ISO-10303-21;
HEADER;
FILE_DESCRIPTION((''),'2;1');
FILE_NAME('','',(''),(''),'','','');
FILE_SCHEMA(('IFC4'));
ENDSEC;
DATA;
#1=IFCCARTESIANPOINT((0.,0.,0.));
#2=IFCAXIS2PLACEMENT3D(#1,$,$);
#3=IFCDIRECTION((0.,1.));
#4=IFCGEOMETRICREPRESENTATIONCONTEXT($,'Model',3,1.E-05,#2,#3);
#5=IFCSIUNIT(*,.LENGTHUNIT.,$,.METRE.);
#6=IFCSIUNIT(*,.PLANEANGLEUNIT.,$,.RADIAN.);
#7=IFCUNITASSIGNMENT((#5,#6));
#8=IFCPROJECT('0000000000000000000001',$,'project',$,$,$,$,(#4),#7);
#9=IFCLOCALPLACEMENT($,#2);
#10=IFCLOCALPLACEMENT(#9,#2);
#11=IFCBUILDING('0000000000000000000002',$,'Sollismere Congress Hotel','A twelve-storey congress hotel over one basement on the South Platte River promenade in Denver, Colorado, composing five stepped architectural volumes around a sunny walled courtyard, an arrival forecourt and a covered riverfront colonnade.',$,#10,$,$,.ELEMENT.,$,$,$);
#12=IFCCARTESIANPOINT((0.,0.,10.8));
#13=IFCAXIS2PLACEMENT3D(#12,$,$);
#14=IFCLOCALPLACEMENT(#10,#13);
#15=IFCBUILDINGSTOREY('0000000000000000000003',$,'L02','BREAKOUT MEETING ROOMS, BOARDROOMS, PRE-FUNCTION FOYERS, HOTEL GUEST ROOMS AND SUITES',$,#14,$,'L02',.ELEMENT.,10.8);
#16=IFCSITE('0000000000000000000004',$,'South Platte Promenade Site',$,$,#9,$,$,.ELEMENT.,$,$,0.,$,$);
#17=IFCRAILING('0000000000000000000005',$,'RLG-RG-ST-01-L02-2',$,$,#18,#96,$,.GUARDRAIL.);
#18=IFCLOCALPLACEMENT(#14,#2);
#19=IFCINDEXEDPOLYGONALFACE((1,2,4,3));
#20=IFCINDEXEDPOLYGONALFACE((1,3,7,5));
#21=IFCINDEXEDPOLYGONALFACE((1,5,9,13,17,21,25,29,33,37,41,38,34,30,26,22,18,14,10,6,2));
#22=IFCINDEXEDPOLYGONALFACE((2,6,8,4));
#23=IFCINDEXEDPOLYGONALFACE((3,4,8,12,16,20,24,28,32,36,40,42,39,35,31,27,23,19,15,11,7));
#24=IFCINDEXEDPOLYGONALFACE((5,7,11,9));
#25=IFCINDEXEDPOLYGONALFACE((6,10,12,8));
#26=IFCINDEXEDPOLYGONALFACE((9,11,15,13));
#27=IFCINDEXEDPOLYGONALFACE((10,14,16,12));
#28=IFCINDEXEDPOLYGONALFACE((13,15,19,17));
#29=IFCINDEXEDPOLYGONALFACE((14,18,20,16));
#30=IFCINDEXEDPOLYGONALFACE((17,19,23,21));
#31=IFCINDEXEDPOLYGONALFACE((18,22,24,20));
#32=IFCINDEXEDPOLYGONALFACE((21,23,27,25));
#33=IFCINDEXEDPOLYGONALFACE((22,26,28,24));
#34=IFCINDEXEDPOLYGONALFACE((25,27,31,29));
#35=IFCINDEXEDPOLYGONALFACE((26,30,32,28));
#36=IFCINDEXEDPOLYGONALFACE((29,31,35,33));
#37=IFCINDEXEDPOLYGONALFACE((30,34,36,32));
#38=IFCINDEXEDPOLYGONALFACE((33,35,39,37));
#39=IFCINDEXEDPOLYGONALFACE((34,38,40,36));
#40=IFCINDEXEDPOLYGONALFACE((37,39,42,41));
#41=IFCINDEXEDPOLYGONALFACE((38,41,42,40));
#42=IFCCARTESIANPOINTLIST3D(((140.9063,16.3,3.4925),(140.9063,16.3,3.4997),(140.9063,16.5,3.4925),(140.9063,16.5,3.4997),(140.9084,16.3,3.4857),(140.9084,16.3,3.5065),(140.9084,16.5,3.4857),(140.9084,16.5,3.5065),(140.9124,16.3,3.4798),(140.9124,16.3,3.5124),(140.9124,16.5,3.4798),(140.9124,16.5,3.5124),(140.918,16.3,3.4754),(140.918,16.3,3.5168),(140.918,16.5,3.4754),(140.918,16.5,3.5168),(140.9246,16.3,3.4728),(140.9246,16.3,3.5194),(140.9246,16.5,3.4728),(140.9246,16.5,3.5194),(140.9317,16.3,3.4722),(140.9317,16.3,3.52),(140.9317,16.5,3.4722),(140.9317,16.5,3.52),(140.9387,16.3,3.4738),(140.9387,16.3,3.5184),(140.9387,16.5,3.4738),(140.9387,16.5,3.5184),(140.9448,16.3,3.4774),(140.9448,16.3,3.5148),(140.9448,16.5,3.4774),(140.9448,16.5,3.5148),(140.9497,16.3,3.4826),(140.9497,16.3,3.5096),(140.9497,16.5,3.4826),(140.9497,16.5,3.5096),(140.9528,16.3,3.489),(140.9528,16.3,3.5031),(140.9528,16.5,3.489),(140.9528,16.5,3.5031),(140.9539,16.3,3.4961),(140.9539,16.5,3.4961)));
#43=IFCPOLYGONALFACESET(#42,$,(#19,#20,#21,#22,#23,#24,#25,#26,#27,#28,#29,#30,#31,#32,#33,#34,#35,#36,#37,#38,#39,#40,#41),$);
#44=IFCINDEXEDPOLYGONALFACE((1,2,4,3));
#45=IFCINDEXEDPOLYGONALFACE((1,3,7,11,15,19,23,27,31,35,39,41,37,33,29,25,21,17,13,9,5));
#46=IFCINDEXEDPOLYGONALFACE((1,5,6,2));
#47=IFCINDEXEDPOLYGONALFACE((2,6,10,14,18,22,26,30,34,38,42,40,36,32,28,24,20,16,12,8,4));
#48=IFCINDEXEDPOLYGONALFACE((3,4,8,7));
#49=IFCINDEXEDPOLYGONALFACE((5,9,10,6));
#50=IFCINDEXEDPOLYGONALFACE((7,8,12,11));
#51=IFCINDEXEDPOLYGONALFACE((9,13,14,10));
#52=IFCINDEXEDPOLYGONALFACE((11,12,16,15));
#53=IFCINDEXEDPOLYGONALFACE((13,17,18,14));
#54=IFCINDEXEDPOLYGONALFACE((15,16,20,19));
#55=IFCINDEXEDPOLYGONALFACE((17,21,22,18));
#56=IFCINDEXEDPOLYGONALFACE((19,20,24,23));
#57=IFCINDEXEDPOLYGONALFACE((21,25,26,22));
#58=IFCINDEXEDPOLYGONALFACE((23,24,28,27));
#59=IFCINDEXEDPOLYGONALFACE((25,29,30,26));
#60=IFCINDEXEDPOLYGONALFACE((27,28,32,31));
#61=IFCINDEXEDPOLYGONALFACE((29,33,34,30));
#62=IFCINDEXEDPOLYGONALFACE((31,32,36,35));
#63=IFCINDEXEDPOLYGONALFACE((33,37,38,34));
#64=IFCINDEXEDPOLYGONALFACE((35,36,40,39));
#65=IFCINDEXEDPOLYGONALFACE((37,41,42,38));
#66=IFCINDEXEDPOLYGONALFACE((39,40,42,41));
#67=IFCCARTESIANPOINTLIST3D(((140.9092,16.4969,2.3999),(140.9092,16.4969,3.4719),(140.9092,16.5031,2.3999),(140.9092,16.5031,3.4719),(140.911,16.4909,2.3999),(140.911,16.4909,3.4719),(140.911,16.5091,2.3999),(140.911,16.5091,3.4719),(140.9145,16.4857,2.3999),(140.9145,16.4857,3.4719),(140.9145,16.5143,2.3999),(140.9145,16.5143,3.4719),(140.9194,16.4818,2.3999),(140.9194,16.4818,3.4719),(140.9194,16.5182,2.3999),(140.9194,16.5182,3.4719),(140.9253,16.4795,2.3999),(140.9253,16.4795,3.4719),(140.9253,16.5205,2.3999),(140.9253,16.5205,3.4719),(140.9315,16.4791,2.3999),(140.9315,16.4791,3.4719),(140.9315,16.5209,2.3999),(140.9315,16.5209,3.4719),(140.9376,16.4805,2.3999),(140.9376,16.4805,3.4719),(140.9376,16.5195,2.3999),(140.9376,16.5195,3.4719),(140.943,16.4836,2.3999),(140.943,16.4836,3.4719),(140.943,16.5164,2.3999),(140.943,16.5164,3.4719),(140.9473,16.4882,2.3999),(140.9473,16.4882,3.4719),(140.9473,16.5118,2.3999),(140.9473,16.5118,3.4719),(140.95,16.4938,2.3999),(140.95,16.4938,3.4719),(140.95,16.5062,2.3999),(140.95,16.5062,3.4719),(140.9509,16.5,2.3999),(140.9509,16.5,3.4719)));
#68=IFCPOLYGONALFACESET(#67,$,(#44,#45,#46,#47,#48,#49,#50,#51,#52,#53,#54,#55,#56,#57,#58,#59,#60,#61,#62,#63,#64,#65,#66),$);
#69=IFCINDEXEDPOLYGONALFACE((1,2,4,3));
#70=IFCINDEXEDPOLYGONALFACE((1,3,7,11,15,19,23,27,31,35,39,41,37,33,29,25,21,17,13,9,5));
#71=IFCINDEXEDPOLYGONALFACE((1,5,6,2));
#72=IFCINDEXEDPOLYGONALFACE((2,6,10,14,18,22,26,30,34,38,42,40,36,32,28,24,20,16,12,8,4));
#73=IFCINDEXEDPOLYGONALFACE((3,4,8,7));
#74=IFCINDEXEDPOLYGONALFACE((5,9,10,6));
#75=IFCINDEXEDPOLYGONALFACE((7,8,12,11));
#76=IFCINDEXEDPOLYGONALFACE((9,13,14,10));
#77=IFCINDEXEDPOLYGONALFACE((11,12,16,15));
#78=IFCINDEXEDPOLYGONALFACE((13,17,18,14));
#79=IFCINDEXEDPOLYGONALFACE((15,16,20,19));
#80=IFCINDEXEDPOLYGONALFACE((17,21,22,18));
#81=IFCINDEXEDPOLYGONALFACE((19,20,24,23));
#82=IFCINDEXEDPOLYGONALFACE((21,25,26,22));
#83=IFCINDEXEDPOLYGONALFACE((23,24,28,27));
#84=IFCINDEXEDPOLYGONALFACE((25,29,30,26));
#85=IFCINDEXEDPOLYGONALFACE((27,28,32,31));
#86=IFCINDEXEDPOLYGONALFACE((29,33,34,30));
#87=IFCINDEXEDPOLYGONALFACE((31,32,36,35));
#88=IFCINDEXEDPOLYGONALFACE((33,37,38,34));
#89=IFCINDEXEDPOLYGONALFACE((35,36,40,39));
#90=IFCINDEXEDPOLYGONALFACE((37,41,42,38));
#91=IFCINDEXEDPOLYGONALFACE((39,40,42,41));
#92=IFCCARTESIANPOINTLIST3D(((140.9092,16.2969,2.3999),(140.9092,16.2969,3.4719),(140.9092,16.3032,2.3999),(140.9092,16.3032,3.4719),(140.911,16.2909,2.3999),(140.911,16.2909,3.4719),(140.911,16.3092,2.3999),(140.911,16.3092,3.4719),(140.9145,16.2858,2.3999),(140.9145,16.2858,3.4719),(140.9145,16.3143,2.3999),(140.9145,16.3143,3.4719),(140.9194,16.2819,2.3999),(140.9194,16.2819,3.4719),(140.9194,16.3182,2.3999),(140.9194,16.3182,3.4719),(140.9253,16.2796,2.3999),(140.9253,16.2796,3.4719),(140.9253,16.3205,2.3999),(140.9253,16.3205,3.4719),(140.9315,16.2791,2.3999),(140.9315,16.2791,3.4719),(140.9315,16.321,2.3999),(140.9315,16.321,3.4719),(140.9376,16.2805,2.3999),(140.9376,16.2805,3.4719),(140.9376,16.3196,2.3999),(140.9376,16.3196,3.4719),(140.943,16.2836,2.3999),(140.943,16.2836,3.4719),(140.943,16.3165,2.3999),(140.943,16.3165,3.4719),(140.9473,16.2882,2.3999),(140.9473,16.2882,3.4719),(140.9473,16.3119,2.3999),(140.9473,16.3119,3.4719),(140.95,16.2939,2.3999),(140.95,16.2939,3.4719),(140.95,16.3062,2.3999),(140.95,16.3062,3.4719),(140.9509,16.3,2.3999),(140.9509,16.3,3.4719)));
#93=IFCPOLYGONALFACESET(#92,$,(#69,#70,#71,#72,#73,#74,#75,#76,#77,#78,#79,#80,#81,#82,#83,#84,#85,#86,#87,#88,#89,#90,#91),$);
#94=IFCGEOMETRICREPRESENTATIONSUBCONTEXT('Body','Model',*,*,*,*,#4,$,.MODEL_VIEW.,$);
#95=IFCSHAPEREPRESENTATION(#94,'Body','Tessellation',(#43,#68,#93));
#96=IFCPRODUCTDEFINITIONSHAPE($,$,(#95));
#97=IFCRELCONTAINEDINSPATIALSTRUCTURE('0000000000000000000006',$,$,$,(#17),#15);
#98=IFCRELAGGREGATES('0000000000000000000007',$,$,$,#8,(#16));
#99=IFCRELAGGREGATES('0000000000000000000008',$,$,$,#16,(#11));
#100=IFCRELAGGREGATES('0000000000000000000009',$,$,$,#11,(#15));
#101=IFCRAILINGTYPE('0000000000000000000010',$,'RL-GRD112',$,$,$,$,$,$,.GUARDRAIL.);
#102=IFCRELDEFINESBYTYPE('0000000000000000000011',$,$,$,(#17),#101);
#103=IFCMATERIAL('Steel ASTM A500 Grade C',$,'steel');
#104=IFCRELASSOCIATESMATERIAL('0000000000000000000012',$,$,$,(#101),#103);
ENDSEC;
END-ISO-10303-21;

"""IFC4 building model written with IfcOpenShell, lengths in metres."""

from ifc_helpers import new_model, si_unit, direction, frame, origin, origin_2d, place, context, subcontext, project, spatial, circle, extrude, material, type_object, element, save


model = new_model("IFC4")

# Units and contexts
model_context = context("Model", 3, precision=1e-05, world=origin(), true_north=direction((0.0, 1.0)))
body_context = subcontext(model_context, "Body", "Model", "MODEL_VIEW")
ifc_project = project(units=[si_unit("LENGTHUNIT", "METRE"), si_unit("PLANEANGLEUNIT", "RADIAN")], contexts=[model_context])

# Site, building, storey
site_placement = place(None, origin())
site = spatial("IfcSite", under=ifc_project, at=site_placement, Name="South Platte Promenade Site", CompositionType="ELEMENT", RefElevation=0.0)
building_placement = place(site_placement, origin())
building = spatial("IfcBuilding", under=site, at=building_placement, Name="Sollismere Congress Hotel", Description="A twelve-storey congress hotel over one basement on the South Platte River promenade in Denver, Colorado, composing five stepped architectural volumes around a sunny walled courtyard, an arrival forecourt and a covered riverfront colonnade.", CompositionType="ELEMENT")
storey_placement = place(building_placement, frame((0.0, 0.0, 10.8)))
storey = spatial("IfcBuildingStorey", under=building, at=storey_placement, Name="L02", Description="BREAKOUT MEETING ROOMS, BOARDROOMS, PRE-FUNCTION FOYERS, HOTEL GUEST ROOMS AND SUITES", LongName="L02", CompositionType="ELEMENT", Elevation=10.8)

# Railing
ifc_material_1 = material(Name="Steel ASTM A500 Grade C", Category="steel")
railing_type_1 = type_object("IfcRailingType", Name="RL-GRD112", PredefinedType="GUARDRAIL", material=ifc_material_1)
railing_1_placement = place(storey_placement, frame((140.9299, 16.5, 2.3999)))
element("IfcRailing", 1, at=railing_1_placement, inside=storey, type_object=railing_type_1, Name="RLG-RG-ST-01-L02-2", PredefinedType="GUARDRAIL", context=body_context, shape_type="SweptSolid", body=[
    extrude(circle(Radius=0.0239, at=origin_2d()), frame((0.0, 0.0, 1.0962), z_axis=(0.0, -1.0, 0.0), x_axis=(1.0, 0.0, 0.0)), (0.0, 0.0, 1.0), 0.2),
    extrude(circle(Radius=0.021, at=origin_2d()), origin(), (0.0, 0.0, 1.0), 1.072),
    extrude(circle(Radius=0.021, at=origin_2d()), frame((0.0, -0.2, 0.0)), (0.0, 0.0, 1.0), 1.072),
])

save(model, "model.ifc")
